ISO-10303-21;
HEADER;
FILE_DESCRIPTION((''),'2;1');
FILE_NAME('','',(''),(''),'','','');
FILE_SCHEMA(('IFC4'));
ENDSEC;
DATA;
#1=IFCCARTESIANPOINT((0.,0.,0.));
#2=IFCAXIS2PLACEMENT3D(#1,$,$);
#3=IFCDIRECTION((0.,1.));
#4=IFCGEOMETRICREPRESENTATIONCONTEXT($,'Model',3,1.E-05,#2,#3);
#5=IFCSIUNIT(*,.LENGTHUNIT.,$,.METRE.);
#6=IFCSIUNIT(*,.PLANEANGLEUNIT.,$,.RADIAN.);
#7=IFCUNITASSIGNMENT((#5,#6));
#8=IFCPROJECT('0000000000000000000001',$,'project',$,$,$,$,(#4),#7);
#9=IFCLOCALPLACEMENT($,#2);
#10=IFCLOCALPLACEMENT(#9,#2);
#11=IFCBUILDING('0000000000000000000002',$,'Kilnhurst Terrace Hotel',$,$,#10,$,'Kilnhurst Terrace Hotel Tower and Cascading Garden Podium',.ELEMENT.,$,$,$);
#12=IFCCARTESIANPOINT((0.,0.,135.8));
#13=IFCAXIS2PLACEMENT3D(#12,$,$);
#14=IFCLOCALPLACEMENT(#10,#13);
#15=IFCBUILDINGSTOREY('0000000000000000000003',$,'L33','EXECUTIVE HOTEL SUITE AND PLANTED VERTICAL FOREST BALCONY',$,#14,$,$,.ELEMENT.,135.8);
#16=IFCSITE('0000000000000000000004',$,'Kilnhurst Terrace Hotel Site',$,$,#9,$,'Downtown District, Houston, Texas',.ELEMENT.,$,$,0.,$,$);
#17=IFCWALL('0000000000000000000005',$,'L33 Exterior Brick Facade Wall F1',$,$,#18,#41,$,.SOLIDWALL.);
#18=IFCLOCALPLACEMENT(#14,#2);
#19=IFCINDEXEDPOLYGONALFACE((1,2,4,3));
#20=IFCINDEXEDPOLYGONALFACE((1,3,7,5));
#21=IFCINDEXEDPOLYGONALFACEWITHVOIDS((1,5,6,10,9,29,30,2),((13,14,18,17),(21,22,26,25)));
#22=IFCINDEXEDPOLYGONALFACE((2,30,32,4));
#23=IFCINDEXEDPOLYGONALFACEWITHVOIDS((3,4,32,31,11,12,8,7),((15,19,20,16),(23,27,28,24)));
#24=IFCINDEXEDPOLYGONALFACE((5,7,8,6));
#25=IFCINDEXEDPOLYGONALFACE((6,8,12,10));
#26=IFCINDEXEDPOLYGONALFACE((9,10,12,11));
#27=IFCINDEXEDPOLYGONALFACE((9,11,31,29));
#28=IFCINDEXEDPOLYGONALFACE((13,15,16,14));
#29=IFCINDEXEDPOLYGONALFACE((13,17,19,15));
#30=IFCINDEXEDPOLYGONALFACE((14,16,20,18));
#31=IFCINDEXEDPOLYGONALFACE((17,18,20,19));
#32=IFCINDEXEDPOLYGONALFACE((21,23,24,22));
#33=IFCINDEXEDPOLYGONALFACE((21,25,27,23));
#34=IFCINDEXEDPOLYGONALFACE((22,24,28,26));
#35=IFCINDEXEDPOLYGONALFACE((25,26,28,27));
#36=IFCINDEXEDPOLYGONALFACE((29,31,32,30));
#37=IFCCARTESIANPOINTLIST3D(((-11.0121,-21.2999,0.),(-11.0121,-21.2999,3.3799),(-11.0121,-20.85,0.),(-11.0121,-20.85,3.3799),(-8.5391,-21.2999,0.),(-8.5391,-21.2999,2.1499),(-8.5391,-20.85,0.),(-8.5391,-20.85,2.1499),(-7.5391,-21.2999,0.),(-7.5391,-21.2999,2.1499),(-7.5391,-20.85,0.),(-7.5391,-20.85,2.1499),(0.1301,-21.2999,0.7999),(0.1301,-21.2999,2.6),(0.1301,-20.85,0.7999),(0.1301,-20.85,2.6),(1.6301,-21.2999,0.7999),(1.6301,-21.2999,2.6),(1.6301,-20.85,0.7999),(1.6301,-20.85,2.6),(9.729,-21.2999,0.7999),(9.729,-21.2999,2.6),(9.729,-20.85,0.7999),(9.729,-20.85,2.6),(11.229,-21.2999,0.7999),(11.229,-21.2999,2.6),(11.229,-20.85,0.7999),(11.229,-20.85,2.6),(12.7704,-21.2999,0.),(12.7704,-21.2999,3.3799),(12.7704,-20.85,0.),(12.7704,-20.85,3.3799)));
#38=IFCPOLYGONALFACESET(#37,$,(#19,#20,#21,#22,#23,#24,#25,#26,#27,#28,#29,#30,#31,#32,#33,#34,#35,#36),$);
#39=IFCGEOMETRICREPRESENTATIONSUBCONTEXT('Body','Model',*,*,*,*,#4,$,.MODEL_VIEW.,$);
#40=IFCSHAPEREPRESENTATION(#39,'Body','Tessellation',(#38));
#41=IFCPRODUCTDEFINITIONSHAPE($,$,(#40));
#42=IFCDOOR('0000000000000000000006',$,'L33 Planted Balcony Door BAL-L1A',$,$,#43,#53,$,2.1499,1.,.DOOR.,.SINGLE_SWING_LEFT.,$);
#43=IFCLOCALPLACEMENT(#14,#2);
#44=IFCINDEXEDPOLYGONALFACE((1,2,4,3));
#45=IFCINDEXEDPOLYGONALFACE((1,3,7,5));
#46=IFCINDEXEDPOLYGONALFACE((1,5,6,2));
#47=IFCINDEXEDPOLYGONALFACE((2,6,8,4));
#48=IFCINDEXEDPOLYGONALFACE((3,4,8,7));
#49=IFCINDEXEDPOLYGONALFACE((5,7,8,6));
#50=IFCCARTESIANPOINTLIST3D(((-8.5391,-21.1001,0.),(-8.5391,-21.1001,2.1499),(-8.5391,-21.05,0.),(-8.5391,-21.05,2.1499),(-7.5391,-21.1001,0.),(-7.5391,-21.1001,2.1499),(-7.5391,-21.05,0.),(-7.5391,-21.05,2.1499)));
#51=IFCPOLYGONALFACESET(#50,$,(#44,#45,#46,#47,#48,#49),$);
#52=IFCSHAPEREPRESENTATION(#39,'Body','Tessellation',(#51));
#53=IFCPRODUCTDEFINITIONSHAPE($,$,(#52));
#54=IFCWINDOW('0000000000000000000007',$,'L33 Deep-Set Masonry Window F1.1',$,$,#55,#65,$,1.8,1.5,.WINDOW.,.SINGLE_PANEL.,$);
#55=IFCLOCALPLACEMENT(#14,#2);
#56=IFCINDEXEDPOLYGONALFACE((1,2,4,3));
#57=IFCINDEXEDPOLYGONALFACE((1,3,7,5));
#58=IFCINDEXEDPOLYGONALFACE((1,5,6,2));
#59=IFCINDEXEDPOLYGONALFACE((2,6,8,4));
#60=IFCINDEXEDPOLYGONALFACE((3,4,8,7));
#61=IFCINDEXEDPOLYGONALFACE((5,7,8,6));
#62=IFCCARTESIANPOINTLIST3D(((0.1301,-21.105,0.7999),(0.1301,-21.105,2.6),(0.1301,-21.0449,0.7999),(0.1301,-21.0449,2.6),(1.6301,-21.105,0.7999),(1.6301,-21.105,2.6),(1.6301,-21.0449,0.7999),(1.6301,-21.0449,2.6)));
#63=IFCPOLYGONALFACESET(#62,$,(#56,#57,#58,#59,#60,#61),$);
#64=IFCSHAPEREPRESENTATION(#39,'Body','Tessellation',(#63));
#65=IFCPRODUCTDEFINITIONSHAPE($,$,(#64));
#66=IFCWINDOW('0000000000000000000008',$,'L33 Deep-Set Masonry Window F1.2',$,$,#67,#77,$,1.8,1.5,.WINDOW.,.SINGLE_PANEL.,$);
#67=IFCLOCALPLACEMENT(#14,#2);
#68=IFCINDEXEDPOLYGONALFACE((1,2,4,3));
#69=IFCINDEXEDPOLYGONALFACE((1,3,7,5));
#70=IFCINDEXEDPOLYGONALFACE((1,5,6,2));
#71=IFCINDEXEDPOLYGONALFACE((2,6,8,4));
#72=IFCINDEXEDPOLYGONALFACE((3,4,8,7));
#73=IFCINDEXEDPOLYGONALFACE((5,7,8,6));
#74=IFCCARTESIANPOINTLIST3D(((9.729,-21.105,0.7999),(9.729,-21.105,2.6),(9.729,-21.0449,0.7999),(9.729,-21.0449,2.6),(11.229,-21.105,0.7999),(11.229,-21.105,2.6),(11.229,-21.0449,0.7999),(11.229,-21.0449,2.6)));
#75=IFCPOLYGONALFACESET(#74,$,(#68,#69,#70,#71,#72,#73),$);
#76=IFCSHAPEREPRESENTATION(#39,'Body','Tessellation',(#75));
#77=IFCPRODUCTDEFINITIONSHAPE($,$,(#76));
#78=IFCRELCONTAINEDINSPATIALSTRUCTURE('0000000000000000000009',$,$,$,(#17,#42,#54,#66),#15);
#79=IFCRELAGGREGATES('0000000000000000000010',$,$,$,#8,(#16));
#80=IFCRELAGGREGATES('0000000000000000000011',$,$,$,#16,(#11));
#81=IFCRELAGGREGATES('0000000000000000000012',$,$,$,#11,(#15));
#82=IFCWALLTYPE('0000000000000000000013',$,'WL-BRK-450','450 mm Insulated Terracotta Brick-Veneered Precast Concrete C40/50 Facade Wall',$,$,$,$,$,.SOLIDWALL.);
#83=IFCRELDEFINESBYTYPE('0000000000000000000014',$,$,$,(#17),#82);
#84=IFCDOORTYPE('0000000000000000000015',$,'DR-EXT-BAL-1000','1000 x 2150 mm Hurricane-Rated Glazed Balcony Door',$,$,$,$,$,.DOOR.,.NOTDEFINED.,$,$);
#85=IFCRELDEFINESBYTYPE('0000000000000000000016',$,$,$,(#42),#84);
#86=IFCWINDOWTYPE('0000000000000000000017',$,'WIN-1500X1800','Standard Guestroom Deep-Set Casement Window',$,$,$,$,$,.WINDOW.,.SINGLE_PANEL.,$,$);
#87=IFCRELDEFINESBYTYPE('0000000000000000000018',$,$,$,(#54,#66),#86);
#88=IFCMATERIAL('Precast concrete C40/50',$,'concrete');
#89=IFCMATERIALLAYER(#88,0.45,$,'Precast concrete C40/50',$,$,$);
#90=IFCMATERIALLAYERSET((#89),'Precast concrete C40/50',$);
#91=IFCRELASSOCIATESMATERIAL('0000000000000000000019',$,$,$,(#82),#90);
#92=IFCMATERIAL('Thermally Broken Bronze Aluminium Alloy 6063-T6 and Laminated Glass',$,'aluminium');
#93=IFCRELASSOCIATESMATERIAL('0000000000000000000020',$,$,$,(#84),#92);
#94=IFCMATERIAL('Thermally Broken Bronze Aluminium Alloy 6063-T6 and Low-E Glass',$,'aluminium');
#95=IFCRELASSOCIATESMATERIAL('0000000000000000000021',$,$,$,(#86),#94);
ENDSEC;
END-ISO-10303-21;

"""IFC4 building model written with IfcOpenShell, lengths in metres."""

from ifc_helpers import new_model, si_unit, direction, frame, frame_2d, origin, place, context, subcontext, project, spatial, rectangle, extrude, material, layer, layer_set, type_object, element, fill, save


model = new_model("IFC4")

# Units and contexts
model_context = context("Model", 3, precision=1e-05, world=origin(), true_north=direction((0.0, 1.0)))
body_context = subcontext(model_context, "Body", "Model", "MODEL_VIEW")
ifc_project = project(units=[si_unit("LENGTHUNIT", "METRE"), si_unit("PLANEANGLEUNIT", "RADIAN")], contexts=[model_context])

# Site, building, storey
site_placement = place(None, origin())
site = spatial("IfcSite", under=ifc_project, at=site_placement, Name="Kilnhurst Terrace Hotel Site", LongName="Downtown District, Houston, Texas", CompositionType="ELEMENT", RefElevation=0.0)
building_placement = place(site_placement, origin())
building = spatial("IfcBuilding", under=site, at=building_placement, Name="Kilnhurst Terrace Hotel", LongName="Kilnhurst Terrace Hotel Tower and Cascading Garden Podium", CompositionType="ELEMENT")
storey_placement = place(building_placement, frame((0.0, 0.0, 135.8)))
storey = spatial("IfcBuildingStorey", under=building, at=storey_placement, Name="L33", Description="EXECUTIVE HOTEL SUITE AND PLANTED VERTICAL FOREST BALCONY", CompositionType="ELEMENT", Elevation=135.8)

# Shared definitions
ifc_material_1 = material(Name="Precast concrete C40/50", Category="concrete")
ifc_layer_1 = layer(ifc_material_1, 0.45, Name="Precast concrete C40/50")
ifc_layer_set_1 = layer_set([ifc_layer_1], Name="Precast concrete C40/50")
wall_type_1 = type_object("IfcWallType", Name="WL-BRK-450", Description="450 mm Insulated Terracotta Brick-Veneered Precast Concrete C40/50 Facade Wall", PredefinedType="SOLIDWALL", material=ifc_layer_set_1)

# Wall, openings, door, windows
wall_1_placement = place(storey_placement, frame((-11.012, -21.075, 0.0), z_axis=(0.0, 0.0, 1.0), x_axis=(1.0, 0.0, 0.0)))
wall_1 = element("IfcWall", 1, at=wall_1_placement, inside=storey, type_object=wall_type_1, Name="L33 Exterior Brick Facade Wall F1", PredefinedType="SOLIDWALL", context=body_context, shape_type="SweptSolid", body=[
    extrude(rectangle(XDim=23.7825, YDim=0.45, at=frame_2d((11.8911, 0.0))), origin(), (0.0, 0.0, 1.0), 3.3799),
])
opening_1_placement = place(wall_1_placement, frame((2.4729, 0.0, 0.0)))
opening_1 = element("IfcOpeningElement", 2, at=opening_1_placement, cuts=wall_1, PredefinedType="OPENING", context=body_context, shape_type="SweptSolid", body=[
    extrude(rectangle(XDim=1.0, YDim=2.1499, at=frame_2d((0.5, 1.075))), frame((0.0, 0.2349, 0.0), z_axis=(0.0, -1.0, 0.0), x_axis=(1.0, 0.0, 0.0)), (0.0, 0.0, 1.0), 0.47),
])
opening_2_placement = place(wall_1_placement, frame((11.1421, 0.0, 0.8)))
opening_2 = element("IfcOpeningElement", 3, at=opening_2_placement, cuts=wall_1, PredefinedType="OPENING", context=body_context, shape_type="SweptSolid", body=[
    extrude(rectangle(XDim=1.5, YDim=1.8, at=frame_2d((0.75, 0.8999))), frame((0.0, 0.2349, 0.0), z_axis=(0.0, -1.0, 0.0), x_axis=(1.0, 0.0, 0.0)), (0.0, 0.0, 1.0), 0.47),
])
opening_3_placement = place(wall_1_placement, frame((20.741, 0.0, 0.8)))
opening_3 = element("IfcOpeningElement", 4, at=opening_3_placement, cuts=wall_1, PredefinedType="OPENING", context=body_context, shape_type="SweptSolid", body=[
    extrude(rectangle(XDim=1.5, YDim=1.8, at=frame_2d((0.75, 0.8999))), frame((0.0, 0.2349, 0.0), z_axis=(0.0, -1.0, 0.0), x_axis=(1.0, 0.0, 0.0)), (0.0, 0.0, 1.0), 0.47),
])
ifc_material_2 = material(Name="Thermally Broken Bronze Aluminium Alloy 6063-T6 and Laminated Glass", Category="aluminium")
door_type_1 = type_object("IfcDoorType", Name="DR-EXT-BAL-1000", Description="1000 x 2150 mm Hurricane-Rated Glazed Balcony Door", OperationType="NOTDEFINED", PredefinedType="DOOR", material=ifc_material_2)
door_1_placement = place(opening_1_placement, origin())
door_1 = element("IfcDoor", 5, at=door_1_placement, inside=storey, type_object=door_type_1, Name="L33 Planted Balcony Door BAL-L1A", OperationType="SINGLE_SWING_LEFT", OverallHeight=2.1499, OverallWidth=1.0, PredefinedType="DOOR", context=body_context, shape_type="SweptSolid", body=[
    extrude(rectangle(XDim=1.0, YDim=2.1499, at=frame_2d((0.5, 1.075))), frame((0.0, 0.0249, 0.0), z_axis=(0.0, -1.0, 0.0), x_axis=(1.0, 0.0, 0.0)), (0.0, 0.0, 1.0), 0.05),
])
fill(opening_1, door_1)
ifc_material_3 = material(Name="Thermally Broken Bronze Aluminium Alloy 6063-T6 and Low-E Glass", Category="aluminium")
window_type = type_object("IfcWindowType", Name="WIN-1500X1800", Description="Standard Guestroom Deep-Set Casement Window", PartitioningType="SINGLE_PANEL", PredefinedType="WINDOW", material=ifc_material_3)
window_1_placement = place(opening_2_placement, origin())
window_1 = element("IfcWindow", 6, at=window_1_placement, inside=storey, type_object=window_type, Name="L33 Deep-Set Masonry Window F1.1", OverallHeight=1.8, OverallWidth=1.5, PartitioningType="SINGLE_PANEL", PredefinedType="WINDOW", context=body_context, shape_type="SweptSolid", body=[
    extrude(rectangle(XDim=1.5, YDim=1.8, at=frame_2d((0.75, 0.8999))), frame((0.0, 0.03, 0.0), z_axis=(0.0, -1.0, 0.0), x_axis=(1.0, 0.0, 0.0)), (0.0, 0.0, 1.0), 0.0601),
])
fill(opening_2, window_1)
window_2_placement = place(opening_3_placement, origin())
window_2 = element("IfcWindow", 7, at=window_2_placement, inside=storey, type_object=window_type, Name="L33 Deep-Set Masonry Window F1.2", OverallHeight=1.8, OverallWidth=1.5, PartitioningType="SINGLE_PANEL", PredefinedType="WINDOW", context=body_context, shape_type="SweptSolid", body=[
    extrude(rectangle(XDim=1.5, YDim=1.8, at=frame_2d((0.75, 0.8999))), frame((0.0, 0.03, 0.0), z_axis=(0.0, -1.0, 0.0), x_axis=(1.0, 0.0, 0.0)), (0.0, 0.0, 1.0), 0.0601),
])
fill(opening_3, window_2)

save(model, "model.ifc")
